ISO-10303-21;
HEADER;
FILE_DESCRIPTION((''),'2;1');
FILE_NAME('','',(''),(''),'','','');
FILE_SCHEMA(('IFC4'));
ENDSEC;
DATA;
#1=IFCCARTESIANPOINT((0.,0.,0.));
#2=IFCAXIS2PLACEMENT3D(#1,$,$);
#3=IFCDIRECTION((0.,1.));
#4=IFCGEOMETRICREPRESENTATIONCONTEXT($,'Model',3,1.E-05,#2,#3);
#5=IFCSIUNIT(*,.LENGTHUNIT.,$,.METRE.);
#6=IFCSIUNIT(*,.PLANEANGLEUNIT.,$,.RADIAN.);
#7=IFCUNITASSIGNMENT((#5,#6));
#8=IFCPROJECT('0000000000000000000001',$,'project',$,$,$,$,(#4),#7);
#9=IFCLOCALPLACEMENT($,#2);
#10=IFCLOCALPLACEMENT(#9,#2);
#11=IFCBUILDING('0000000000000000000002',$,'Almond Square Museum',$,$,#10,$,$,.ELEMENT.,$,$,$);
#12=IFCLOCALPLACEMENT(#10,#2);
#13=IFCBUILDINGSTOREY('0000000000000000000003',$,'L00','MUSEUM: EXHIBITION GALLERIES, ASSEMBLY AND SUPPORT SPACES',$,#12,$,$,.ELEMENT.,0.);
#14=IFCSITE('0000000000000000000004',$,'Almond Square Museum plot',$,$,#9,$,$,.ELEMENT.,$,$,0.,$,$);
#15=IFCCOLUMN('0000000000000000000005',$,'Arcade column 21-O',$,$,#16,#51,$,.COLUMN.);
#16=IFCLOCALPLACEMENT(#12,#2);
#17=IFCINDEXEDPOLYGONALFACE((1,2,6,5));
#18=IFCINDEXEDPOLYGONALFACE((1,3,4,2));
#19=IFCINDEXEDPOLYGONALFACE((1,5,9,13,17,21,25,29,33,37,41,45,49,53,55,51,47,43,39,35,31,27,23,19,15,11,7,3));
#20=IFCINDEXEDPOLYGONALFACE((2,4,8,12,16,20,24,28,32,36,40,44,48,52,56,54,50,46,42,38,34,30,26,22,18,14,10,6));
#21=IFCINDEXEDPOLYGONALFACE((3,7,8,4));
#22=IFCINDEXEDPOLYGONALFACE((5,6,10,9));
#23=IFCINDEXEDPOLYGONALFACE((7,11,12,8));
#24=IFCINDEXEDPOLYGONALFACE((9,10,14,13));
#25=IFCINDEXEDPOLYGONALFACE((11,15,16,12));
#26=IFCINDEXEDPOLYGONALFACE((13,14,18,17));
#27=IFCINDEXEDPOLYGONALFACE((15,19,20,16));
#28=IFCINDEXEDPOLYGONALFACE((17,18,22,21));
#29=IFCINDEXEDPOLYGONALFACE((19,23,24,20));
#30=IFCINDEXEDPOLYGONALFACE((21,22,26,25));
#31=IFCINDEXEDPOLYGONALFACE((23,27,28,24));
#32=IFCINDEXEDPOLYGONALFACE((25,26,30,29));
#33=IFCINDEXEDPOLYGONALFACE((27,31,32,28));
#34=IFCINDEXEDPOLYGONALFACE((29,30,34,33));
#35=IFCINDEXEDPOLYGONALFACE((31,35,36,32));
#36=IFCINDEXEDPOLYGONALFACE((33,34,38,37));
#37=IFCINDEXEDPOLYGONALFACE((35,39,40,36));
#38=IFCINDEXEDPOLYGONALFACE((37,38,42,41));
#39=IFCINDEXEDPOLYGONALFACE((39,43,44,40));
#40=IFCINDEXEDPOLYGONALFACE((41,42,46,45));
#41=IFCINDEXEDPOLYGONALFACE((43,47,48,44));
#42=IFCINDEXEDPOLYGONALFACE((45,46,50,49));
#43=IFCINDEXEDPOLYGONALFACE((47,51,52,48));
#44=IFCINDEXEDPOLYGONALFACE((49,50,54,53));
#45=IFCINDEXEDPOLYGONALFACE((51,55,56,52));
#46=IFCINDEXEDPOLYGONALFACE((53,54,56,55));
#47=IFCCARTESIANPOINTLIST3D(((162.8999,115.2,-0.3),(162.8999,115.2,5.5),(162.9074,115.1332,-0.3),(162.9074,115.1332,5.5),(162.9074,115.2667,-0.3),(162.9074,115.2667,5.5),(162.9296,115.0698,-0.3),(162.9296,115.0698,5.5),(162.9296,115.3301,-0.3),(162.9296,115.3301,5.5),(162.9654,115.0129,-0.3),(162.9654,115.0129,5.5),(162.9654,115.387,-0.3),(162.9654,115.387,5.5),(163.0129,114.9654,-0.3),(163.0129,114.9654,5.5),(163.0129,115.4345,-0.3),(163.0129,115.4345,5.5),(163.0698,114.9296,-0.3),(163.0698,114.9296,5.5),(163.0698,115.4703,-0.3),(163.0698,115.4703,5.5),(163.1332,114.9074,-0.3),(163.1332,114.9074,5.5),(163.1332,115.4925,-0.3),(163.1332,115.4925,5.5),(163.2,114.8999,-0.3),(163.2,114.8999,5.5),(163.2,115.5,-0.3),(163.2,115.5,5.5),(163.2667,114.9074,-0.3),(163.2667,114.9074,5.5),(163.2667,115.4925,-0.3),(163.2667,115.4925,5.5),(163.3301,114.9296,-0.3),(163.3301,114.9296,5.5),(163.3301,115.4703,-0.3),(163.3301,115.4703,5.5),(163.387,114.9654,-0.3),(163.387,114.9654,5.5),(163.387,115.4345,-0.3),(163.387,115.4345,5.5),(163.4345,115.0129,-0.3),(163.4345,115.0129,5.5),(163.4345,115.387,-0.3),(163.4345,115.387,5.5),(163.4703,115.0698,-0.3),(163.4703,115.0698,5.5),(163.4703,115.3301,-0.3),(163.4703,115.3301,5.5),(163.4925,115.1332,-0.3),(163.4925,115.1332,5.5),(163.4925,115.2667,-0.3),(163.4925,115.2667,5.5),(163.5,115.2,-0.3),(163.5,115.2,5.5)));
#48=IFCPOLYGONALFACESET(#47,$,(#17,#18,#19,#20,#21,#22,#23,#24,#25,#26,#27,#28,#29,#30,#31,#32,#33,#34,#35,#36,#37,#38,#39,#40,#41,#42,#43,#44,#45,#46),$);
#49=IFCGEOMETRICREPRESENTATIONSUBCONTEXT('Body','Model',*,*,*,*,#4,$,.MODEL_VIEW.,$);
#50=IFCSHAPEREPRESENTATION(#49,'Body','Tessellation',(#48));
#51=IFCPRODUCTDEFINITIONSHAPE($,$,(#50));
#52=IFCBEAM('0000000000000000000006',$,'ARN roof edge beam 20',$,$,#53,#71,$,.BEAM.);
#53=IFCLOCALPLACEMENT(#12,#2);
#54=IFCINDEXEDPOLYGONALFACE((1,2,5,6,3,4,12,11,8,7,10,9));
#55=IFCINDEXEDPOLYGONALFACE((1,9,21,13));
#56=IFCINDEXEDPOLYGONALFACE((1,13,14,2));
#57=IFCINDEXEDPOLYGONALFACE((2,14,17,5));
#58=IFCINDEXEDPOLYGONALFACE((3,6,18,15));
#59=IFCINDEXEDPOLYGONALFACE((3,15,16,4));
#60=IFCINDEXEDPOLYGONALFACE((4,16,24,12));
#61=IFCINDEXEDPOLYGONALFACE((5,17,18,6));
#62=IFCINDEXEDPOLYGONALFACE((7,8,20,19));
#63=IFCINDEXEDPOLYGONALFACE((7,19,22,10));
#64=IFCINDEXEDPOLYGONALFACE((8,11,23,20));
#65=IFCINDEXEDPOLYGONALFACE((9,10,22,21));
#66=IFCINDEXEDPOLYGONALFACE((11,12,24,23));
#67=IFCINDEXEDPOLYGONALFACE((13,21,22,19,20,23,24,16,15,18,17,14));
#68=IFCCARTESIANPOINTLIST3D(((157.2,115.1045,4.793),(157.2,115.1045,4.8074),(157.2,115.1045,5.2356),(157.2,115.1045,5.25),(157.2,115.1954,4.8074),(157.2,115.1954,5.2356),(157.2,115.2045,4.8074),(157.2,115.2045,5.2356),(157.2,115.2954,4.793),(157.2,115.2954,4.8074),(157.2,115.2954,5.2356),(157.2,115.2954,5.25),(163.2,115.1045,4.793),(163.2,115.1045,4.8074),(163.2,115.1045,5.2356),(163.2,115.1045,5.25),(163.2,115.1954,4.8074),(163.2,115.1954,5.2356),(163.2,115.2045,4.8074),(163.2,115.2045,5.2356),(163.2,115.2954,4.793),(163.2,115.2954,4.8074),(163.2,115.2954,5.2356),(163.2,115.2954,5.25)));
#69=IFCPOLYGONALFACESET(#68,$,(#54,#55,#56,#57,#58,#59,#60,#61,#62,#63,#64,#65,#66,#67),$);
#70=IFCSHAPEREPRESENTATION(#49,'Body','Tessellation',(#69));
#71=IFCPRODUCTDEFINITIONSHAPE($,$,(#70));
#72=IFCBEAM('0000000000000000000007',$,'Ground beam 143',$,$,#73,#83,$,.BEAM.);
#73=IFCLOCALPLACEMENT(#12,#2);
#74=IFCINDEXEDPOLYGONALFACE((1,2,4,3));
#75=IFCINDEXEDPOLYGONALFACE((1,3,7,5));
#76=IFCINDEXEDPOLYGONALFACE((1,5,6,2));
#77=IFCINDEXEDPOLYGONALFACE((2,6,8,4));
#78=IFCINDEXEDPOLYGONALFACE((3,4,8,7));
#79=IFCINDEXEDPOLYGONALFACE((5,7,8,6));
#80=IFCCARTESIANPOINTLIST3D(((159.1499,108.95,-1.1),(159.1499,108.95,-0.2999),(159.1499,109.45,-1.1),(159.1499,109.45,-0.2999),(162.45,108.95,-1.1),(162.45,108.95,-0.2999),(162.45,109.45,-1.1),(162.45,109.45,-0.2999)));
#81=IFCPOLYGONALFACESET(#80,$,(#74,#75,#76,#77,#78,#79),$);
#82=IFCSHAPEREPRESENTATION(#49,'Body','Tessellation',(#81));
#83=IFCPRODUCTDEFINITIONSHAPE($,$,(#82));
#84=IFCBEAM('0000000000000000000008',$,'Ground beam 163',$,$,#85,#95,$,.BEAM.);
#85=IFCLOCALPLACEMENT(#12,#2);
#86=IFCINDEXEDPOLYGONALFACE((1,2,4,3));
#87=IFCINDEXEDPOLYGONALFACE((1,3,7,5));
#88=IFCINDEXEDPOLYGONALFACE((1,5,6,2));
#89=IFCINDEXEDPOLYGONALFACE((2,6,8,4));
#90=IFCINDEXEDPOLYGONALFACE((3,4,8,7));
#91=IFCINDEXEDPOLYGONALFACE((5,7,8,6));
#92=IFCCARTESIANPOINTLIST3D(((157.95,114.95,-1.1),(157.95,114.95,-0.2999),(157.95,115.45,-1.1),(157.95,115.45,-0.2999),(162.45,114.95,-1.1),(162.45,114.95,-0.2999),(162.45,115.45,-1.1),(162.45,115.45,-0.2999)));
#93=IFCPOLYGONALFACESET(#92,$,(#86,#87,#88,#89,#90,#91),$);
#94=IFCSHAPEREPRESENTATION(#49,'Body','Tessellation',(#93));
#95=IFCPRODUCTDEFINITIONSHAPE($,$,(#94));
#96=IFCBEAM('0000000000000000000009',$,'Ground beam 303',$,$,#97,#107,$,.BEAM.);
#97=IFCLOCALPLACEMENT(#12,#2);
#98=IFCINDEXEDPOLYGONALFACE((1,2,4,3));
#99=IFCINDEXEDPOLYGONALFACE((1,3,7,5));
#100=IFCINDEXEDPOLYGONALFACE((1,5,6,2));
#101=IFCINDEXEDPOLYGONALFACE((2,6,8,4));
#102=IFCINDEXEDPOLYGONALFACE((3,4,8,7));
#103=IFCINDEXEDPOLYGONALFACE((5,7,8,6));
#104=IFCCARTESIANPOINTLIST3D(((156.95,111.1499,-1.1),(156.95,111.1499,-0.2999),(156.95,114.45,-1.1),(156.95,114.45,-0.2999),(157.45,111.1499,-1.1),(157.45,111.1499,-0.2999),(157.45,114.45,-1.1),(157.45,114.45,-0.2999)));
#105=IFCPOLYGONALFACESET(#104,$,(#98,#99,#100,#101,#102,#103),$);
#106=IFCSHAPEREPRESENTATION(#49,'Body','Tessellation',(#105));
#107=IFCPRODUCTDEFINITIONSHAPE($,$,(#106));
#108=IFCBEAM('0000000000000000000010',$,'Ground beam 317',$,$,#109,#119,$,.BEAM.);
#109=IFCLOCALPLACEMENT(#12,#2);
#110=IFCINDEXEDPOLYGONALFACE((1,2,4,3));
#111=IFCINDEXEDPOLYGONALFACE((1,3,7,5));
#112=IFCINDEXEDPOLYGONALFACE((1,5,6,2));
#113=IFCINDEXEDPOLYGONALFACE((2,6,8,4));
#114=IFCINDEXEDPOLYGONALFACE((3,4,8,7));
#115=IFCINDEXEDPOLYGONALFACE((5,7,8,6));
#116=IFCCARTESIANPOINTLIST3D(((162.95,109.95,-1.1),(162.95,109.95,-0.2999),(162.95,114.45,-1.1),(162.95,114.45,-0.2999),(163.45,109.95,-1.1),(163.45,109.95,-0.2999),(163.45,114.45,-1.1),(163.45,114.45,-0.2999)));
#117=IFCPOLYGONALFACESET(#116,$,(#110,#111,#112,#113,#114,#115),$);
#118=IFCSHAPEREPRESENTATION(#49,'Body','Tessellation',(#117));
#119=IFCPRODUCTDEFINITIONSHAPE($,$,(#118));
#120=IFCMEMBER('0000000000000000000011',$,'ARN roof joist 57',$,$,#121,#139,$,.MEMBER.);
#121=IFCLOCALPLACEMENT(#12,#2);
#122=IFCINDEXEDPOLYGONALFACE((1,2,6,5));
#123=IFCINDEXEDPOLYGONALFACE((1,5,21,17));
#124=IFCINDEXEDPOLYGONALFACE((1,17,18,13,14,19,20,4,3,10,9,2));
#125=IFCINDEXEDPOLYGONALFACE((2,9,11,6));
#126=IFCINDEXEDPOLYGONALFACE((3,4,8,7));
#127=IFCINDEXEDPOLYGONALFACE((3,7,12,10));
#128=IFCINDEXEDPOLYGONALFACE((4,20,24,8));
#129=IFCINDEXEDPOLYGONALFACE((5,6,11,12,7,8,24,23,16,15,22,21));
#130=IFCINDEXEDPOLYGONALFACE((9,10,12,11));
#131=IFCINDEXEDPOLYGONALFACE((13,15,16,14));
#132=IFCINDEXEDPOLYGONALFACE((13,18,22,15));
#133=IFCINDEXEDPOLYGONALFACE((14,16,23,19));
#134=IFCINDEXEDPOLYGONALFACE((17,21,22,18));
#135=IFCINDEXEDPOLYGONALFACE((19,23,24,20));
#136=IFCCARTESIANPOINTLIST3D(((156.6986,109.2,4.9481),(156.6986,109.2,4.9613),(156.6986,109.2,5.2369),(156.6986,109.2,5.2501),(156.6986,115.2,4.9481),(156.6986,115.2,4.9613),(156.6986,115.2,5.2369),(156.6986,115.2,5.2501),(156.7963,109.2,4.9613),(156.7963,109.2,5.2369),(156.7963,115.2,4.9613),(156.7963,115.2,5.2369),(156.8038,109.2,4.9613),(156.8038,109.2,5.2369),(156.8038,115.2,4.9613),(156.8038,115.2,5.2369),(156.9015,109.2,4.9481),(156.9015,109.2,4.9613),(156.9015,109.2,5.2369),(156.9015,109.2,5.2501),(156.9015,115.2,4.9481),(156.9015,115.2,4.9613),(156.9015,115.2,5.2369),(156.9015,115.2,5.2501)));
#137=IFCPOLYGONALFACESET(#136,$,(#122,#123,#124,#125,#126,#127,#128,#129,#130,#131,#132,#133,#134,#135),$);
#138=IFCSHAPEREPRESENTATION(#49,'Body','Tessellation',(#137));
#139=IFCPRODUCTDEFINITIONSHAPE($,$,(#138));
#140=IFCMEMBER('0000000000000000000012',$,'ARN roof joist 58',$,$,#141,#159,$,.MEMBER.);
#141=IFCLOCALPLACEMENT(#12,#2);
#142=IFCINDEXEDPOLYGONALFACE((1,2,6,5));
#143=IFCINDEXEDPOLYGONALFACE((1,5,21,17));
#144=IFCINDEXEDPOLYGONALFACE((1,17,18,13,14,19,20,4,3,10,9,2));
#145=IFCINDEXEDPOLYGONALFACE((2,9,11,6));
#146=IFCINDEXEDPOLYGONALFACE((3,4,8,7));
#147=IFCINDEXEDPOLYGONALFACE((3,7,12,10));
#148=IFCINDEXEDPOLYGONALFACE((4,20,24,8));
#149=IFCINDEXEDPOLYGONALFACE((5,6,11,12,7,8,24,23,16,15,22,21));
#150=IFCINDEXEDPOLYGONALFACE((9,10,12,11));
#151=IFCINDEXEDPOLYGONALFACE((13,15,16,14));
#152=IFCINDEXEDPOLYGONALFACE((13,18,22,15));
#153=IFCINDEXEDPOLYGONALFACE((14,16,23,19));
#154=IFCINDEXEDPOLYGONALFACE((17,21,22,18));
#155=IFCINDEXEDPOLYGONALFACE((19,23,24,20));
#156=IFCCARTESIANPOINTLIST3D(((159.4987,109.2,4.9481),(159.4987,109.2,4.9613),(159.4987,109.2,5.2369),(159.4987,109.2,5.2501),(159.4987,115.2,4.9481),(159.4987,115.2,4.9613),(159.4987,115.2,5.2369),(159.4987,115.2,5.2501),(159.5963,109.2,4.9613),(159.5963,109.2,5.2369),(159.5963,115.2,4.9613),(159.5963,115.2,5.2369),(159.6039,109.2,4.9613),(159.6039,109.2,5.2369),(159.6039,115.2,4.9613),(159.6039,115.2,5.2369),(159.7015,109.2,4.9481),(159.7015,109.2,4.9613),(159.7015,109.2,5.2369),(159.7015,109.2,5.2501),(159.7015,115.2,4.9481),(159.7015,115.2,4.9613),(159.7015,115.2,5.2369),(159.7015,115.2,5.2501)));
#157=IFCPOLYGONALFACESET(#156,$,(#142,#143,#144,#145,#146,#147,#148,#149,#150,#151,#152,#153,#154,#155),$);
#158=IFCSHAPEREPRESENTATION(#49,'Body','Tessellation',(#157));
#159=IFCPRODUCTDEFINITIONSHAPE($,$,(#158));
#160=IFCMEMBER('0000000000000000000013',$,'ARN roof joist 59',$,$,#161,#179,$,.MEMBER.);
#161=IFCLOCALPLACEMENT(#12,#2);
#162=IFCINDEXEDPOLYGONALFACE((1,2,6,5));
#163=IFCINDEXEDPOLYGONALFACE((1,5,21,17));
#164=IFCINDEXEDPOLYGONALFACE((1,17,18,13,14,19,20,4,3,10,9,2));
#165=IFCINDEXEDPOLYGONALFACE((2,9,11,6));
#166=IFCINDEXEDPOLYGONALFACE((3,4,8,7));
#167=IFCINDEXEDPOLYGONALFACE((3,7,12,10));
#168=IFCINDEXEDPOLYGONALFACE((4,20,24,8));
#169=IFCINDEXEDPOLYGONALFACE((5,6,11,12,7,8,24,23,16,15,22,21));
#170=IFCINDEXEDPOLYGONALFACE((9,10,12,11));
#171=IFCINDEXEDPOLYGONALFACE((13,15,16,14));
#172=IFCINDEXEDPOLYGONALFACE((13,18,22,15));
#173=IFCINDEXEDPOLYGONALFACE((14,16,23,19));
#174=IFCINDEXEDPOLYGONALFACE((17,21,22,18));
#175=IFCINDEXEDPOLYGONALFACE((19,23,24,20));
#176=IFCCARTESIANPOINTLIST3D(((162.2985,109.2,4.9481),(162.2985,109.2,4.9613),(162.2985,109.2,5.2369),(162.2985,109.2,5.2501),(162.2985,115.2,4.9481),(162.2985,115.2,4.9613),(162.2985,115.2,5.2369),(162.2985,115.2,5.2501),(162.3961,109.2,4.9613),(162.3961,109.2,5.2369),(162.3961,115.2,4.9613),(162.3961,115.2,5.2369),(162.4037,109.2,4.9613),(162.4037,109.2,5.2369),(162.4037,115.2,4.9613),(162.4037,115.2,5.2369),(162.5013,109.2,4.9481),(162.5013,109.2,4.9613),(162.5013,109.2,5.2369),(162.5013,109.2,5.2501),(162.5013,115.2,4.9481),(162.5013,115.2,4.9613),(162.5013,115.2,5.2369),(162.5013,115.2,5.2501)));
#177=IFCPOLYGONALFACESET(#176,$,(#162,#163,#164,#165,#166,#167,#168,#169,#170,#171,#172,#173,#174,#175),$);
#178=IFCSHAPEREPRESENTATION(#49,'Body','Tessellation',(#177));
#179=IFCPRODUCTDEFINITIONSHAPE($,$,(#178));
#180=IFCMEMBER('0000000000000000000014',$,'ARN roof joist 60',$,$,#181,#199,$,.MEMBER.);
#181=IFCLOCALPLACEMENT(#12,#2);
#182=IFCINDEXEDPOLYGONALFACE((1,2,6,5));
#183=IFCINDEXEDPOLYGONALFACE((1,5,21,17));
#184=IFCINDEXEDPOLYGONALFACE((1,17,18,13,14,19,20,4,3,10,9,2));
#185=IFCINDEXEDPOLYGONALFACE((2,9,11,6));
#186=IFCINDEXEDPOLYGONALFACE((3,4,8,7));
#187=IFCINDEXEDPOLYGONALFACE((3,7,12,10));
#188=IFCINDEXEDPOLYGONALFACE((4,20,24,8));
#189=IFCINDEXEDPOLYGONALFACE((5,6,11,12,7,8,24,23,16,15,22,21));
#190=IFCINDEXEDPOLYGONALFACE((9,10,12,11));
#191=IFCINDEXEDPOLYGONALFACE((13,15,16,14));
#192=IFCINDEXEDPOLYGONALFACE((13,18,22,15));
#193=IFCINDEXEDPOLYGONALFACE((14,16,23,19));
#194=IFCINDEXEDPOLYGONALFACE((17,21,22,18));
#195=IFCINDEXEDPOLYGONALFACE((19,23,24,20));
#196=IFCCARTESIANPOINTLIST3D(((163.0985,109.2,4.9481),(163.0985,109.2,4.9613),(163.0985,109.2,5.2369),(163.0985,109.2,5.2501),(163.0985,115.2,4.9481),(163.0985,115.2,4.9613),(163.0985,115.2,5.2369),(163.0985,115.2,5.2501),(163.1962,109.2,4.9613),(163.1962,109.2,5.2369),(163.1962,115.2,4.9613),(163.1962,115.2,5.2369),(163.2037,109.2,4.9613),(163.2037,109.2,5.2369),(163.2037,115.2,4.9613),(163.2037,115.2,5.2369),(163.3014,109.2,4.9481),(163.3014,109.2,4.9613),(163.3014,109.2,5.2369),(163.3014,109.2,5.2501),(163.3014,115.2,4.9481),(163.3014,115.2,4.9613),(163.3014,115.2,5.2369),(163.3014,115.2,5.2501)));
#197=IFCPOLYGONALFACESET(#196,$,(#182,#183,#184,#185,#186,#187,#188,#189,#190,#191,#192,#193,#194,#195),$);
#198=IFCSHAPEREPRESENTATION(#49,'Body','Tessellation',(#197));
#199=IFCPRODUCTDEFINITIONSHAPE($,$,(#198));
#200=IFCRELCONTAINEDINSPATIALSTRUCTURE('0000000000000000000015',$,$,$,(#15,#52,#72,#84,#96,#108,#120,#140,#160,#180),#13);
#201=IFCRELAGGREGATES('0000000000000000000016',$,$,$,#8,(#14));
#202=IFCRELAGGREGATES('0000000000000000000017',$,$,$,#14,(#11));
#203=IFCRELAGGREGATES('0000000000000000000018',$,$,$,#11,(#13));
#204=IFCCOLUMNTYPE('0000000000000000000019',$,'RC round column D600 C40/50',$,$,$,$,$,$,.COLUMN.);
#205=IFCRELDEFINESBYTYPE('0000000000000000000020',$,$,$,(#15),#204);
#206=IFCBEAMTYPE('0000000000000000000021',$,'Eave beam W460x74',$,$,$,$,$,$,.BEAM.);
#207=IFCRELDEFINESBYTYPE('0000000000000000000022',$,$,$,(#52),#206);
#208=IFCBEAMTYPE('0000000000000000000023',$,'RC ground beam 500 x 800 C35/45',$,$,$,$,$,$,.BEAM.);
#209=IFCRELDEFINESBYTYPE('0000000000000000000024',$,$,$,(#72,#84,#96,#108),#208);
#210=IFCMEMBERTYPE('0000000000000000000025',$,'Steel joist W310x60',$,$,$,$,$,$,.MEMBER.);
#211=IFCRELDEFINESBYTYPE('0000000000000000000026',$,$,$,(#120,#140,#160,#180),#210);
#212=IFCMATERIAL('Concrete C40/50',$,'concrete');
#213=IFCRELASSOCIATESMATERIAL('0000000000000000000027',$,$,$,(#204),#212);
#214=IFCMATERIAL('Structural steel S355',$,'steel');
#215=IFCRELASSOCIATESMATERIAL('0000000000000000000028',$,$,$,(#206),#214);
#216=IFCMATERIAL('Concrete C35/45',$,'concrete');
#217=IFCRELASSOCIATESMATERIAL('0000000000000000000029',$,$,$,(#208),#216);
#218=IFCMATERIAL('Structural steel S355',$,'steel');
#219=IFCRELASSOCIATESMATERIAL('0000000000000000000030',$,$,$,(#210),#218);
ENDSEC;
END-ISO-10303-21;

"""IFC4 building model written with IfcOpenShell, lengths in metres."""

from ifc_helpers import new_model, si_unit, direction, frame, origin, origin_2d, place, context, subcontext, project, spatial, rectangle, circle, i_section, extrude, material, material_profile, profile_set, type_object, element, save


model = new_model("IFC4")

# Units and contexts
model_context = context("Model", 3, precision=1e-05, world=origin(), true_north=direction((0.0, 1.0)))
body_context = subcontext(model_context, "Body", "Model", "MODEL_VIEW")
ifc_project = project(units=[si_unit("LENGTHUNIT", "METRE"), si_unit("PLANEANGLEUNIT", "RADIAN")], contexts=[model_context])

# Site, building, storey
site_placement = place(None, origin())
site = spatial("IfcSite", under=ifc_project, at=site_placement, Name="Almond Square Museum plot", CompositionType="ELEMENT", RefElevation=0.0)
building_placement = place(site_placement, origin())
building = spatial("IfcBuilding", under=site, at=building_placement, Name="Almond Square Museum", CompositionType="ELEMENT")
storey_placement = place(building_placement, origin())
storey = spatial("IfcBuildingStorey", under=building, at=storey_placement, Name="L00", Description="MUSEUM: EXHIBITION GALLERIES, ASSEMBLY AND SUPPORT SPACES", CompositionType="ELEMENT", Elevation=0.0)

# Column
ifc_material_1 = material(Name="Concrete C40/50", Category="concrete")
ifc_material_profile_1 = material_profile(ifc_material_1, circle(Radius=0.3, at=origin_2d()))
ifc_profile_set_1 = profile_set([ifc_material_profile_1], Name="Concrete C40/50")
column_type_1 = type_object("IfcColumnType", Name="RC round column D600 C40/50", PredefinedType="COLUMN", material=ifc_profile_set_1)
for number, where, z_axis, x_axis, name in (
    (1, (163.2, 115.2, -0.3), (0.0, 0.0, 1.0), (1.0, 0.0, 0.0), "Arcade column 21-O"),
):
    element("IfcColumn", number, at=place(storey_placement, frame(where, z_axis=z_axis, x_axis=x_axis)), inside=storey, type_object=column_type_1, Name=name, PredefinedType="COLUMN", context=body_context, shape_type="SweptSolid", body=[
        extrude(circle(Radius=0.3, at=origin_2d()), origin(), (0.0, 0.0, 1.0), 5.8),
    ])

# Beams
ifc_material_2 = material(Name="Structural steel S355", Category="steel")
ifc_material_profile_2 = material_profile(ifc_material_2, i_section(OverallWidth=0.1909, OverallDepth=0.457, WebThickness=0.009, FlangeThickness=0.0144, at=origin_2d()))
ifc_profile_set_2 = profile_set([ifc_material_profile_2], Name="Structural steel S355")
beam_type_1 = type_object("IfcBeamType", Name="Eave beam W460x74", PredefinedType="BEAM", material=ifc_profile_set_2)
beam_1_placement = place(storey_placement, frame((157.2, 115.2, 5.0215), z_axis=(1.0, 0.0, 0.0), x_axis=(0.0, 1.0, 0.0)))
element("IfcBeam", 2, at=beam_1_placement, inside=storey, type_object=beam_type_1, Name="ARN roof edge beam 20", PredefinedType="BEAM", context=body_context, shape_type="SweptSolid", body=[
    extrude(i_section(OverallWidth=0.1909, OverallDepth=0.457, WebThickness=0.009, FlangeThickness=0.0144, at=origin_2d()), origin(), (0.0, 0.0, 1.0), 6.0),
])
ifc_material_3 = material(Name="Concrete C35/45", Category="concrete")
ifc_material_profile_3 = material_profile(ifc_material_3, rectangle(XDim=0.5, YDim=0.8, at=origin_2d()))
ifc_profile_set_3 = profile_set([ifc_material_profile_3], Name="Concrete C35/45")
beam_type_2 = type_object("IfcBeamType", Name="RC ground beam 500 x 800 C35/45", PredefinedType="BEAM", material=ifc_profile_set_3)
beam_2_placement = place(storey_placement, frame((159.1499, 109.2, -0.7), z_axis=(1.0, 0.0, 0.0), x_axis=(0.0, 1.0, 0.0)))
element("IfcBeam", 3, at=beam_2_placement, inside=storey, type_object=beam_type_2, Name="Ground beam 143", PredefinedType="BEAM", context=body_context, shape_type="SweptSolid", body=[
    extrude(rectangle(XDim=0.5, YDim=0.8, at=origin_2d()), origin(), (0.0, 0.0, 1.0), 3.3),
])
beam_3_placement = place(storey_placement, frame((157.95, 115.2, -0.7), z_axis=(1.0, 0.0, 0.0), x_axis=(0.0, 1.0, 0.0)))
element("IfcBeam", 4, at=beam_3_placement, inside=storey, type_object=beam_type_2, Name="Ground beam 163", PredefinedType="BEAM", context=body_context, shape_type="SweptSolid", body=[
    extrude(rectangle(XDim=0.5, YDim=0.8, at=origin_2d()), origin(), (0.0, 0.0, 1.0), 4.5),
])
beam_4_placement = place(storey_placement, frame((157.2, 111.1499, -0.7), z_axis=(0.0, 1.0, 0.0), x_axis=(-1.0, 0.0, 0.0)))
element("IfcBeam", 5, at=beam_4_placement, inside=storey, type_object=beam_type_2, Name="Ground beam 303", PredefinedType="BEAM", context=body_context, shape_type="SweptSolid", body=[
    extrude(rectangle(XDim=0.5, YDim=0.8, at=origin_2d()), origin(), (0.0, 0.0, 1.0), 3.3),
])
beam_5_placement = place(storey_placement, frame((163.2, 109.95, -0.7), z_axis=(0.0, 1.0, 0.0), x_axis=(-1.0, 0.0, 0.0)))
element("IfcBeam", 6, at=beam_5_placement, inside=storey, type_object=beam_type_2, Name="Ground beam 317", PredefinedType="BEAM", context=body_context, shape_type="SweptSolid", body=[
    extrude(rectangle(XDim=0.5, YDim=0.8, at=origin_2d()), origin(), (0.0, 0.0, 1.0), 4.5),
])

# Members
ifc_material_4 = material(Name="Structural steel S355", Category="steel")
ifc_material_profile_4 = material_profile(ifc_material_4, i_section(OverallWidth=0.2029, OverallDepth=0.302, WebThickness=0.0076, FlangeThickness=0.0132, at=origin_2d()))
ifc_profile_set_4 = profile_set([ifc_material_profile_4], Name="Structural steel S355")
member_type = type_object("IfcMemberType", Name="Steel joist W310x60", PredefinedType="MEMBER", material=ifc_profile_set_4)
for number, where, z_axis, x_axis, name in (
    (7, (156.8, 109.2, 5.0991), (0.0, 1.0, 0.0), (-1.0, 0.0, 0.0), "ARN roof joist 57"),
    (8, (159.6001, 109.2, 5.0991), (0.0, 1.0, 0.0), (-1.0, 0.0, 0.0), "ARN roof joist 58"),
    (9, (162.3999, 109.2, 5.0991), (0.0, 1.0, 0.0), (-1.0, 0.0, 0.0), "ARN roof joist 59"),
    (10, (163.2, 109.2, 5.0991), (0.0, 1.0, 0.0), (-1.0, 0.0, 0.0), "ARN roof joist 60"),
):
    element("IfcMember", number, at=place(storey_placement, frame(where, z_axis=z_axis, x_axis=x_axis)), inside=storey, type_object=member_type, Name=name, PredefinedType="MEMBER", context=body_context, shape_type="SweptSolid", body=[
        extrude(i_section(OverallWidth=0.2029, OverallDepth=0.302, WebThickness=0.0076, FlangeThickness=0.0132, at=origin_2d()), origin(), (0.0, 0.0, 1.0), 6.0),
    ])

save(model, "model.ifc")
